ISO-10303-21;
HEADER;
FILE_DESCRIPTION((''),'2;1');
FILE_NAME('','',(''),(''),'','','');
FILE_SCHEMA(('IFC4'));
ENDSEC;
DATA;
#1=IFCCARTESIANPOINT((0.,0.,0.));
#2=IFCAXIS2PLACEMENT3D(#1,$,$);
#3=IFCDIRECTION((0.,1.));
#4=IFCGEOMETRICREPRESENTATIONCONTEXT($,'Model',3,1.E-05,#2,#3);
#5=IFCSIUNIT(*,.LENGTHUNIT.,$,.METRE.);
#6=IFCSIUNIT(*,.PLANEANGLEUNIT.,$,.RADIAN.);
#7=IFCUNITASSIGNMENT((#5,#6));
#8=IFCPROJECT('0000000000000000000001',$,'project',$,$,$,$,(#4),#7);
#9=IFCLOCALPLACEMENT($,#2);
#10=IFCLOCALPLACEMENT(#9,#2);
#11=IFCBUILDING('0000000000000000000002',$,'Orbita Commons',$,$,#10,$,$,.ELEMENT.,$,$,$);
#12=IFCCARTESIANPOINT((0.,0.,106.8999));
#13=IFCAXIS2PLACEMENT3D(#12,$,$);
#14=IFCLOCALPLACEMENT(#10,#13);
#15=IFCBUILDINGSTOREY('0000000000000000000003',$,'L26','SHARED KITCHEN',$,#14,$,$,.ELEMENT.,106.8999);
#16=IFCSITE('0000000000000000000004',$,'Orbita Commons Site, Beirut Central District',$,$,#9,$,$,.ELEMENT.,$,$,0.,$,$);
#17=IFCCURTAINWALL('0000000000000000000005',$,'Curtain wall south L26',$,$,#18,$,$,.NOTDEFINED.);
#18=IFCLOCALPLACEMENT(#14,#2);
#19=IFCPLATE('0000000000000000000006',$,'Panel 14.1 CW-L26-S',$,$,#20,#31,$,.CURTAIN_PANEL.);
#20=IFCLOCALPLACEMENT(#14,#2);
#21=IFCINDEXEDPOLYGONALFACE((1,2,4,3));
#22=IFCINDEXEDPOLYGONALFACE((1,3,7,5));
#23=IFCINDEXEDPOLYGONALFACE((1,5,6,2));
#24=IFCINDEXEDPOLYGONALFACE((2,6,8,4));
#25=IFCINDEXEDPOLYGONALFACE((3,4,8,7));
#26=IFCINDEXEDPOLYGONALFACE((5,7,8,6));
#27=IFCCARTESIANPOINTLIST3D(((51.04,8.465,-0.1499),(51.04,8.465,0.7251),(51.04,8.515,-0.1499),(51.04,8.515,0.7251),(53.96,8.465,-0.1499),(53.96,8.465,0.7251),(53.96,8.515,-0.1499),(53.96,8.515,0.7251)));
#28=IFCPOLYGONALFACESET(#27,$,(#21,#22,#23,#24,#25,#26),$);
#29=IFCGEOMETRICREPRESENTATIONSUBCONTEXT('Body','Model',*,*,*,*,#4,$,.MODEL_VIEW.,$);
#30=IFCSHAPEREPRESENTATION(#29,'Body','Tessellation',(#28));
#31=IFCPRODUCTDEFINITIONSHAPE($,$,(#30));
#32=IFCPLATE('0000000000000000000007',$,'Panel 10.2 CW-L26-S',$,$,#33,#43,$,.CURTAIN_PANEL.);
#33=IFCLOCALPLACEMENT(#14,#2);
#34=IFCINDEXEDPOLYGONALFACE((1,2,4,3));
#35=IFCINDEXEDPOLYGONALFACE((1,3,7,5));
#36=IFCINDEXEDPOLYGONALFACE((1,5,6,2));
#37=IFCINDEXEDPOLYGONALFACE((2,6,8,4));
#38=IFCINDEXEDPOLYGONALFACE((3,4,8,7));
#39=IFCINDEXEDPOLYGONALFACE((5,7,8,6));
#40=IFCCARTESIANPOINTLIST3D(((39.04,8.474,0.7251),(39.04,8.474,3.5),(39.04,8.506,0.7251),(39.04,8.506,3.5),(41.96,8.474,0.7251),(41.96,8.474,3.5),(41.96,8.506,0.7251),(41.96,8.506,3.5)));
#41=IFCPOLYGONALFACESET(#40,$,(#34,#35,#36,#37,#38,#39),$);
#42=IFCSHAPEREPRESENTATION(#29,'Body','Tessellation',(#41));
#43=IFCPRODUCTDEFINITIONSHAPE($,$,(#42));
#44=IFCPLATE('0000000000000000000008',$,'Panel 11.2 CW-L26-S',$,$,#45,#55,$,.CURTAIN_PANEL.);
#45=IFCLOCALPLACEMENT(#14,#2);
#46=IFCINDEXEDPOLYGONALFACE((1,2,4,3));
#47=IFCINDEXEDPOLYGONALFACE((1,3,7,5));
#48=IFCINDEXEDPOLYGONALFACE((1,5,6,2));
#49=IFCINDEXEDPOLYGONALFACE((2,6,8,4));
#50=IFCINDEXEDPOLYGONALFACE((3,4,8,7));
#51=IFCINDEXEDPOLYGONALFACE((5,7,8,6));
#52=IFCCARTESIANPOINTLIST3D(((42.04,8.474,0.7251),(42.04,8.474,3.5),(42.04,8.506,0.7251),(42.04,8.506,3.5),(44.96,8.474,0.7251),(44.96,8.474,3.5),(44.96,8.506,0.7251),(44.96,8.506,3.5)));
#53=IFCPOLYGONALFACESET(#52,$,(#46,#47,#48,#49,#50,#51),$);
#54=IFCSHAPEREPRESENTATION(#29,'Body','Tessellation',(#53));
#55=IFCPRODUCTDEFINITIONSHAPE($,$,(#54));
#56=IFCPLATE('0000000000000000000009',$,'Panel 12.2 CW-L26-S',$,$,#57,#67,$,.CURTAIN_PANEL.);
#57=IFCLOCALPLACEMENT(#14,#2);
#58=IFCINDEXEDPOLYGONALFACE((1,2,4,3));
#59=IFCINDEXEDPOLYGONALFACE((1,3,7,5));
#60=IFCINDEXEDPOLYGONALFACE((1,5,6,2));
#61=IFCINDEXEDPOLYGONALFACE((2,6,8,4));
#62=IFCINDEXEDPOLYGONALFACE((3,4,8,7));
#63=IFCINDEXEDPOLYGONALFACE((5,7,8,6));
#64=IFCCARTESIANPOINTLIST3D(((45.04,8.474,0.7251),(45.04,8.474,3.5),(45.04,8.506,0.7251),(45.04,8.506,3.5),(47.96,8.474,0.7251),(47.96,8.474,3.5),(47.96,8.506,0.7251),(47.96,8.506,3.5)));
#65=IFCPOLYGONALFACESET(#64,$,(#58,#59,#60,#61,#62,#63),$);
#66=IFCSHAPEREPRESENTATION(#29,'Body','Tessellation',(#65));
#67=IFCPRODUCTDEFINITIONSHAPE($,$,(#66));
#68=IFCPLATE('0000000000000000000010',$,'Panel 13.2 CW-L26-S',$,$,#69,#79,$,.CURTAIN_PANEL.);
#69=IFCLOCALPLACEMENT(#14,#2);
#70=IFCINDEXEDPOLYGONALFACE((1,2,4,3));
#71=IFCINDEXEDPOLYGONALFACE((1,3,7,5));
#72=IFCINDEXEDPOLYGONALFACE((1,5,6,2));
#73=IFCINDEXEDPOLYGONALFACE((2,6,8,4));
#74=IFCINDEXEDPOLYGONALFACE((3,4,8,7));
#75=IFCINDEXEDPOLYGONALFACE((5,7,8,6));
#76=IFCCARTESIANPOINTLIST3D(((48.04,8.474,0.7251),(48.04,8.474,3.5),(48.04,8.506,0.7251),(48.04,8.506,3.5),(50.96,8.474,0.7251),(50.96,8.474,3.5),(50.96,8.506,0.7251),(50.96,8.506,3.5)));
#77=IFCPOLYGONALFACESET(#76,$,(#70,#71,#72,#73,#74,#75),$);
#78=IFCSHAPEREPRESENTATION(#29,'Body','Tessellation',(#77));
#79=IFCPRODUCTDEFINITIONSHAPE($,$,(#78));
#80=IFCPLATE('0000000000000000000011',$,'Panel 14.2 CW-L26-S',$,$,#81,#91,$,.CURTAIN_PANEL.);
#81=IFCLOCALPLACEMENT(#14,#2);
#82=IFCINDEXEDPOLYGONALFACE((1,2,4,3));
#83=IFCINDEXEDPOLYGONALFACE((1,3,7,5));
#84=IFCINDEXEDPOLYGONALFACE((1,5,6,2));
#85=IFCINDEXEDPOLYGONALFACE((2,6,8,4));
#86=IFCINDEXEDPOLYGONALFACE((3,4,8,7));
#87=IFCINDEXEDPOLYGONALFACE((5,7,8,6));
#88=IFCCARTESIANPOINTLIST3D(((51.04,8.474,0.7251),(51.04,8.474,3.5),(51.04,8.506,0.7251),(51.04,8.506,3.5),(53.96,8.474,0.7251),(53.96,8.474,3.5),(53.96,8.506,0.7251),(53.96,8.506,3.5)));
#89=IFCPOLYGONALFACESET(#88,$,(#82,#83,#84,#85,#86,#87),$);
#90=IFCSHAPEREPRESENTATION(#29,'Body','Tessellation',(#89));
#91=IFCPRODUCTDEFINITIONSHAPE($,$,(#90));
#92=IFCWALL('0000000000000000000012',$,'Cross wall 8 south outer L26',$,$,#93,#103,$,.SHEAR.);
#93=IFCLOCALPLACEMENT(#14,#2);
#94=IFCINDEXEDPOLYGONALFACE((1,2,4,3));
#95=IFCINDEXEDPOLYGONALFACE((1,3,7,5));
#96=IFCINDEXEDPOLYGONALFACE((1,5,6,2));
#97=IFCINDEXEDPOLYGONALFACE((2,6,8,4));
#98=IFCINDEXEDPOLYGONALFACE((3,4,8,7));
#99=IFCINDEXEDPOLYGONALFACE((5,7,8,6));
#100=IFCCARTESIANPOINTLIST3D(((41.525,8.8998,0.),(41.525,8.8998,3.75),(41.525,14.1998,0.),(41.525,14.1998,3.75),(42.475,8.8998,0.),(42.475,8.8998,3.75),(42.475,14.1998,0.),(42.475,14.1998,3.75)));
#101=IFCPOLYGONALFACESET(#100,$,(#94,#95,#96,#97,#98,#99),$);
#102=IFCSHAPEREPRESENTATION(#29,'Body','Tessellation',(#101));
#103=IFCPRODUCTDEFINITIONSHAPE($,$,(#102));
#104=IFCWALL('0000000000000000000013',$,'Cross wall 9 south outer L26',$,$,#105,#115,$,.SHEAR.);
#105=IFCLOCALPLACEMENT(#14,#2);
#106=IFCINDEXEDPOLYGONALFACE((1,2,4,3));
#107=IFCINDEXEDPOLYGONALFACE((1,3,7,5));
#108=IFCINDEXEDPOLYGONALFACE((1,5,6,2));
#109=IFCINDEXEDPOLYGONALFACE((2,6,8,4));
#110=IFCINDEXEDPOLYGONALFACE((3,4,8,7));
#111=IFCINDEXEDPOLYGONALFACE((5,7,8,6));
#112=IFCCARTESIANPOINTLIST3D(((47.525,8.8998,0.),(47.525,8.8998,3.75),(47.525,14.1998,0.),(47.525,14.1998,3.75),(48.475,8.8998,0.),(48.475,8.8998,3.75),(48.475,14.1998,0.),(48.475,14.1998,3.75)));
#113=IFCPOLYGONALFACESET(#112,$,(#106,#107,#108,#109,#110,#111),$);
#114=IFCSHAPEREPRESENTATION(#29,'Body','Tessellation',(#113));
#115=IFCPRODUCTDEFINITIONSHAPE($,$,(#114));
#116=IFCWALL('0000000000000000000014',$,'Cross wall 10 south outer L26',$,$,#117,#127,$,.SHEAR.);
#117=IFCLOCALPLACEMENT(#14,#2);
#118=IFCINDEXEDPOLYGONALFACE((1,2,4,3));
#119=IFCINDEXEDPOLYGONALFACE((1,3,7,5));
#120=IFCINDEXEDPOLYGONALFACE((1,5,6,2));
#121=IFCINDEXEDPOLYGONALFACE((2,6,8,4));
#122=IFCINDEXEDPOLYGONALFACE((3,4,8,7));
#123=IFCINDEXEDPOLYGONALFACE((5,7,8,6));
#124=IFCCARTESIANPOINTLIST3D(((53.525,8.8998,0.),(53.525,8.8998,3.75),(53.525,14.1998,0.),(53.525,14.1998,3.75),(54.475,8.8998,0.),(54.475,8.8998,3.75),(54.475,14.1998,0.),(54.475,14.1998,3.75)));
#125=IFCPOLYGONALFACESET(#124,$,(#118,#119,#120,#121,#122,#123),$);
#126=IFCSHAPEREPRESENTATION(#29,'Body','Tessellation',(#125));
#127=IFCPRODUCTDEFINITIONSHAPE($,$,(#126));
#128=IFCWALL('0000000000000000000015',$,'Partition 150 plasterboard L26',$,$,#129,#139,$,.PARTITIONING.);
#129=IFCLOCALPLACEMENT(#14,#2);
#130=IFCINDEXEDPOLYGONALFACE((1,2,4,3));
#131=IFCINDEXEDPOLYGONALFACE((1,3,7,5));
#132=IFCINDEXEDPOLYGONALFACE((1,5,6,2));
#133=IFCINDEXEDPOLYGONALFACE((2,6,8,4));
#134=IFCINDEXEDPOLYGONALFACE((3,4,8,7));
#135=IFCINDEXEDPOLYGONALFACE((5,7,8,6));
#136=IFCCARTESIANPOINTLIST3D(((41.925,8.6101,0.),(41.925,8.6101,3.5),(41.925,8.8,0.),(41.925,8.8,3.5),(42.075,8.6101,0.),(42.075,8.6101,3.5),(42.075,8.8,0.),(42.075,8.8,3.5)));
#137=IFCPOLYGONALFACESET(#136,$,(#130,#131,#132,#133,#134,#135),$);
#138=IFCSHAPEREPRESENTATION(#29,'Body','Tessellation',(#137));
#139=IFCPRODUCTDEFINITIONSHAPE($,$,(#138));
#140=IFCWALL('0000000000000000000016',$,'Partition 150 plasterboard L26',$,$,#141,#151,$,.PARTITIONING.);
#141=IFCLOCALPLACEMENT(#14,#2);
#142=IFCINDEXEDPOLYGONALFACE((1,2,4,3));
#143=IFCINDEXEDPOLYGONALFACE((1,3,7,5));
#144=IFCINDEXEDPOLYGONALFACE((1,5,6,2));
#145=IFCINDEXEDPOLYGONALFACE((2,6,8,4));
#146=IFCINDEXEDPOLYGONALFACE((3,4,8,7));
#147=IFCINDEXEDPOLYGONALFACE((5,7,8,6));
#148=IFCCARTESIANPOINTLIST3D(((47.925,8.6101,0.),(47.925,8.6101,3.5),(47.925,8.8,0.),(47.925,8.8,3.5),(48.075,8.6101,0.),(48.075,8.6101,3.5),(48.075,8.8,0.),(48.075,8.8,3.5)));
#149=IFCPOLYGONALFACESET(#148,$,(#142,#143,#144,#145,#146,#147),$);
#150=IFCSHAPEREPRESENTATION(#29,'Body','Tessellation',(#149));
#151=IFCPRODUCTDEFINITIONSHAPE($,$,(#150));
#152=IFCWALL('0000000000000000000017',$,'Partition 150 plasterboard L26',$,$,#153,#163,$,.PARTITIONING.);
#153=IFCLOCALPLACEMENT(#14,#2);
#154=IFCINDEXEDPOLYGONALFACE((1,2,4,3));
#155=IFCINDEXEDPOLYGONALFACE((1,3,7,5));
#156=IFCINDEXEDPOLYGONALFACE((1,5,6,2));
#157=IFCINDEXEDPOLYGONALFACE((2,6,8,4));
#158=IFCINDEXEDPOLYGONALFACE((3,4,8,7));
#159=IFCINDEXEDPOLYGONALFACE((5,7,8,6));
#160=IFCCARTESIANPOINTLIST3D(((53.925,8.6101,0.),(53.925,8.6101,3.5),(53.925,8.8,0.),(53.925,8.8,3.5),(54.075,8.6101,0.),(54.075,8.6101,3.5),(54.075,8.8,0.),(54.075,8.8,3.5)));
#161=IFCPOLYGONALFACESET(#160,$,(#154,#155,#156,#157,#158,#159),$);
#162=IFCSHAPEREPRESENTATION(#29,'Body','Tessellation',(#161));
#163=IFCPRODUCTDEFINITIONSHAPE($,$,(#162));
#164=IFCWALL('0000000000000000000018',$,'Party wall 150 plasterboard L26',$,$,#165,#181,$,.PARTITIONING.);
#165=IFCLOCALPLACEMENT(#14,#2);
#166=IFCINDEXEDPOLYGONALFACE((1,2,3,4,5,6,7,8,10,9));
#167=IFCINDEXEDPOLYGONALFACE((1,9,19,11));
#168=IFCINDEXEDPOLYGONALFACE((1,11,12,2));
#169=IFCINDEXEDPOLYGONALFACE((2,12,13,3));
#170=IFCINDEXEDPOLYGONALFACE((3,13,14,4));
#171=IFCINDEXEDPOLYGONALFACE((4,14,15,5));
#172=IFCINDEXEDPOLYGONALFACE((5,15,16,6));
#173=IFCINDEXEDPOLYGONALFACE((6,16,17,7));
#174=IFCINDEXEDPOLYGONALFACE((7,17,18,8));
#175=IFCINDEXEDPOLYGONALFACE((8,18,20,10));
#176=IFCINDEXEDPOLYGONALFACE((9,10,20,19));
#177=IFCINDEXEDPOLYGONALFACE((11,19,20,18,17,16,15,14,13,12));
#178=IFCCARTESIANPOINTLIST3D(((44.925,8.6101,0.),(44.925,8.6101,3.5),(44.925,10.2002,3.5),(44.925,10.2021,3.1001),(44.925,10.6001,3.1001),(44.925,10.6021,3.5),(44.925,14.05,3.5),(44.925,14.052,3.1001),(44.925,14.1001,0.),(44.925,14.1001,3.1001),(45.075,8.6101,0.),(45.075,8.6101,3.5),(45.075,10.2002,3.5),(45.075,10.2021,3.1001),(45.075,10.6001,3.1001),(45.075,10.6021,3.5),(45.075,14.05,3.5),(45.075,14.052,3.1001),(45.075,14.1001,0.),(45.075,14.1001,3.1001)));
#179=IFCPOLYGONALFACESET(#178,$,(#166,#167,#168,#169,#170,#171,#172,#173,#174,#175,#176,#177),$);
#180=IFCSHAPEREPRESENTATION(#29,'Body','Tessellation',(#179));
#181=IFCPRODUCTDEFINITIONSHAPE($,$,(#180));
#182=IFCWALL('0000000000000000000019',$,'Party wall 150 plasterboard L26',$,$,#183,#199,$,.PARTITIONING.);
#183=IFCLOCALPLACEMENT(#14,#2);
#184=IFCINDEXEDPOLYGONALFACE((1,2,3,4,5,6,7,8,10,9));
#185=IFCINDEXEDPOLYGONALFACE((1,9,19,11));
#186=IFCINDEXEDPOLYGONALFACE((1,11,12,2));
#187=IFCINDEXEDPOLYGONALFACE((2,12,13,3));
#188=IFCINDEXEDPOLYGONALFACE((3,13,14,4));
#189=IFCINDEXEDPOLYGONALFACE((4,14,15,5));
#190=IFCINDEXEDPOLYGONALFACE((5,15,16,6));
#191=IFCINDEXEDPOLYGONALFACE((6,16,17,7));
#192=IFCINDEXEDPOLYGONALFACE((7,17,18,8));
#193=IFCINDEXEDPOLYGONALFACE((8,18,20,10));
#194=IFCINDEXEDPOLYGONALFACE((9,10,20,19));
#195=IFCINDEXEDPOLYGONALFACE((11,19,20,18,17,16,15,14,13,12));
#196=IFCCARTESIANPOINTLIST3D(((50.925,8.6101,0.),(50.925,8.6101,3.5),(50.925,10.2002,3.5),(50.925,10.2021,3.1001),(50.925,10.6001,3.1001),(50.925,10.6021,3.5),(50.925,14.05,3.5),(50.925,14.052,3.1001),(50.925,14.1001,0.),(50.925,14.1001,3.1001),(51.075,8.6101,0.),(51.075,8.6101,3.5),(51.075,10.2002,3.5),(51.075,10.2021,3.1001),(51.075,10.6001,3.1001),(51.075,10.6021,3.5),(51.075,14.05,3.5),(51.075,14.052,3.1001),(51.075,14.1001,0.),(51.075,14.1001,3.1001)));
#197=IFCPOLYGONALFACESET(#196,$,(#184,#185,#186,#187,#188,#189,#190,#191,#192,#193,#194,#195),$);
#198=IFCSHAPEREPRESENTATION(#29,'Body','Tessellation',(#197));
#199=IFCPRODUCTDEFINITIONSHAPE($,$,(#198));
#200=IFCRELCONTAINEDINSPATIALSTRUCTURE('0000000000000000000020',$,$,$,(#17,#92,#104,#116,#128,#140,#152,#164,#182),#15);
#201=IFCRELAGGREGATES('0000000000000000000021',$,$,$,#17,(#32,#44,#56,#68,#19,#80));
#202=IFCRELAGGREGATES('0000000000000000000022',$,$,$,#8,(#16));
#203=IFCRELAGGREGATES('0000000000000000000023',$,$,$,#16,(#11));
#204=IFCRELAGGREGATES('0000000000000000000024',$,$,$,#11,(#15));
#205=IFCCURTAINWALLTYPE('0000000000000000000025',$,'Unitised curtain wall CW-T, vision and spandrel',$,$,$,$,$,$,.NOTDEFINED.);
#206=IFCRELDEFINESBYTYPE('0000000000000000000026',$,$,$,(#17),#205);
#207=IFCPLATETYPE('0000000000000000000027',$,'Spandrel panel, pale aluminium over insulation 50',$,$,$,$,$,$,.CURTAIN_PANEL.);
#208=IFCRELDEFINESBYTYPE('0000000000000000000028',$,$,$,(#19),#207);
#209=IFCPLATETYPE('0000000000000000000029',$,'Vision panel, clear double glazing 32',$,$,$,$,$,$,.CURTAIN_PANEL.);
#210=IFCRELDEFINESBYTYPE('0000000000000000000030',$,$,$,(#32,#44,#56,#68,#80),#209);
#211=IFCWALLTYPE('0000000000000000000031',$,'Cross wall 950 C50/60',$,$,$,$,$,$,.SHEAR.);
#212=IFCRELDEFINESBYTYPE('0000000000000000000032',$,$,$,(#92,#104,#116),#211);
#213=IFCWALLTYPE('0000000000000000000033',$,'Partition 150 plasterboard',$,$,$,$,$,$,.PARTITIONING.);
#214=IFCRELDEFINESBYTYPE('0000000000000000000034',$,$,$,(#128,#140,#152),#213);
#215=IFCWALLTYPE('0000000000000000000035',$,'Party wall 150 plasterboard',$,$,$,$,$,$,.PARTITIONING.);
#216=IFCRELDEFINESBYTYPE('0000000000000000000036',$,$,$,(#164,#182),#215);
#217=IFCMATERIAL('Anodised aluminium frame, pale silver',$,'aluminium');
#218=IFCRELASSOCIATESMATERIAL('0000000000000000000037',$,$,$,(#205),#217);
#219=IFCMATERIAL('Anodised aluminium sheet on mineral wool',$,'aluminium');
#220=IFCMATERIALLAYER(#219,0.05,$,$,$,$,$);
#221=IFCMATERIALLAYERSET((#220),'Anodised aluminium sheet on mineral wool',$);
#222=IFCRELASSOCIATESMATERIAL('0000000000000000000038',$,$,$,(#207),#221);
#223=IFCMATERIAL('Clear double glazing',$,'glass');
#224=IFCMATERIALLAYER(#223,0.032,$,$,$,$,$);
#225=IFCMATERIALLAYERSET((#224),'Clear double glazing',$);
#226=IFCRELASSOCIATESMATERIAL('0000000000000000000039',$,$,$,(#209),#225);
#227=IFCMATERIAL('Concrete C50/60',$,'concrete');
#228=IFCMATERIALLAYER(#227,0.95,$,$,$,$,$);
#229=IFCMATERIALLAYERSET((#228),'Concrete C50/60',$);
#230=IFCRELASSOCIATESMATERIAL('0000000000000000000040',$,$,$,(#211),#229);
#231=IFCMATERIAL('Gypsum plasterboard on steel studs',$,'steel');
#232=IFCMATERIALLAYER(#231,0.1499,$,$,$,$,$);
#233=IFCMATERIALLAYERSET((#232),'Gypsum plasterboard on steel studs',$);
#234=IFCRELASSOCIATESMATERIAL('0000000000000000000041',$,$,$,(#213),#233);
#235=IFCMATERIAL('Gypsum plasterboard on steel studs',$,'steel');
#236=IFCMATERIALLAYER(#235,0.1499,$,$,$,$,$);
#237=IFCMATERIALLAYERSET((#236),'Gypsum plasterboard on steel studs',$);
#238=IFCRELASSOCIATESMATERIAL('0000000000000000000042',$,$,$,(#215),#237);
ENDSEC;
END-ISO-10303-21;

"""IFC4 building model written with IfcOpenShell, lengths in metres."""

from ifc_helpers import new_model, si_unit, direction, frame, frame_2d, origin, origin_2d, place, context, subcontext, project, spatial, polyline, rectangle, outline, extrude, material, layer, layer_set, type_object, element, aggregate, save


model = new_model("IFC4")

# Units and contexts
model_context = context("Model", 3, precision=1e-05, world=origin(), true_north=direction((0.0, 1.0)))
body_context = subcontext(model_context, "Body", "Model", "MODEL_VIEW")
ifc_project = project(units=[si_unit("LENGTHUNIT", "METRE"), si_unit("PLANEANGLEUNIT", "RADIAN")], contexts=[model_context])

# Site, building, storey
site_placement = place(None, origin())
site = spatial("IfcSite", under=ifc_project, at=site_placement, Name="Orbita Commons Site, Beirut Central District", CompositionType="ELEMENT", RefElevation=0.0)
building_placement = place(site_placement, origin())
building = spatial("IfcBuilding", under=site, at=building_placement, Name="Orbita Commons", CompositionType="ELEMENT")
storey_placement = place(building_placement, frame((0.0, 0.0, 106.8999)))
storey = spatial("IfcBuildingStorey", under=building, at=storey_placement, Name="L26", Description="SHARED KITCHEN", CompositionType="ELEMENT", Elevation=106.8999)

# Curtain wall, plates
ifc_material_1 = material(Name="Anodised aluminium frame, pale silver", Category="aluminium")
curtain_wall_type = type_object("IfcCurtainWallType", Name="Unitised curtain wall CW-T, vision and spandrel", PredefinedType="NOTDEFINED", material=ifc_material_1)
curtain_wall_placement = place(storey_placement, origin())
curtain_wall = element("IfcCurtainWall", 1, at=curtain_wall_placement, inside=storey, type_object=curtain_wall_type, Name="Curtain wall south L26", PredefinedType="NOTDEFINED")
ifc_material_2 = material(Name="Anodised aluminium sheet on mineral wool", Category="aluminium")
ifc_layer_1 = layer(ifc_material_2, 0.05)
ifc_layer_set_1 = layer_set([ifc_layer_1], Name="Anodised aluminium sheet on mineral wool")
plate_type_1 = type_object("IfcPlateType", Name="Spandrel panel, pale aluminium over insulation 50", PredefinedType="CURTAIN_PANEL", material=ifc_layer_set_1)
plate_1_placement = place(storey_placement, frame((52.5, 8.49, -0.1499), z_axis=(0.0, 0.0, 1.0), x_axis=(1.0, 0.0, 0.0)))
plate_1 = element("IfcPlate", 2, at=plate_1_placement, type_object=plate_type_1, Name="Panel 14.1 CW-L26-S", PredefinedType="CURTAIN_PANEL", context=body_context, shape_type="SweptSolid", body=[
    extrude(rectangle(XDim=2.9199, YDim=0.05, at=origin_2d()), origin(), (0.0, 0.0, 1.0), 0.875),
])
ifc_material_3 = material(Name="Clear double glazing", Category="glass")
ifc_layer_2 = layer(ifc_material_3, 0.032)
ifc_layer_set_2 = layer_set([ifc_layer_2], Name="Clear double glazing")
plate_type_2 = type_object("IfcPlateType", Name="Vision panel, clear double glazing 32", PredefinedType="CURTAIN_PANEL", material=ifc_layer_set_2)
plate_2_placement = place(storey_placement, frame((40.5, 8.49, 0.7251), z_axis=(0.0, 0.0, 1.0), x_axis=(1.0, 0.0, 0.0)))
plate_2 = element("IfcPlate", 3, at=plate_2_placement, type_object=plate_type_2, Name="Panel 10.2 CW-L26-S", PredefinedType="CURTAIN_PANEL", context=body_context, shape_type="SweptSolid", body=[
    extrude(rectangle(XDim=2.9199, YDim=0.032, at=origin_2d()), origin(), (0.0, 0.0, 1.0), 2.7749),
])
plate_3_placement = place(storey_placement, frame((43.5, 8.49, 0.7251), z_axis=(0.0, 0.0, 1.0), x_axis=(1.0, 0.0, 0.0)))
plate_3 = element("IfcPlate", 4, at=plate_3_placement, type_object=plate_type_2, Name="Panel 11.2 CW-L26-S", PredefinedType="CURTAIN_PANEL", context=body_context, shape_type="SweptSolid", body=[
    extrude(rectangle(XDim=2.9199, YDim=0.032, at=origin_2d()), origin(), (0.0, 0.0, 1.0), 2.7749),
])
plate_4_placement = place(storey_placement, frame((46.5, 8.49, 0.7251), z_axis=(0.0, 0.0, 1.0), x_axis=(1.0, 0.0, 0.0)))
plate_4 = element("IfcPlate", 5, at=plate_4_placement, type_object=plate_type_2, Name="Panel 12.2 CW-L26-S", PredefinedType="CURTAIN_PANEL", context=body_context, shape_type="SweptSolid", body=[
    extrude(rectangle(XDim=2.9199, YDim=0.032, at=origin_2d()), origin(), (0.0, 0.0, 1.0), 2.7749),
])
plate_5_placement = place(storey_placement, frame((49.5, 8.49, 0.7251), z_axis=(0.0, 0.0, 1.0), x_axis=(1.0, 0.0, 0.0)))
plate_5 = element("IfcPlate", 6, at=plate_5_placement, type_object=plate_type_2, Name="Panel 13.2 CW-L26-S", PredefinedType="CURTAIN_PANEL", context=body_context, shape_type="SweptSolid", body=[
    extrude(rectangle(XDim=2.9199, YDim=0.032, at=origin_2d()), origin(), (0.0, 0.0, 1.0), 2.7749),
])
plate_6_placement = place(storey_placement, frame((52.5, 8.49, 0.7251), z_axis=(0.0, 0.0, 1.0), x_axis=(1.0, 0.0, 0.0)))
plate_6 = element("IfcPlate", 7, at=plate_6_placement, type_object=plate_type_2, Name="Panel 14.2 CW-L26-S", PredefinedType="CURTAIN_PANEL", context=body_context, shape_type="SweptSolid", body=[
    extrude(rectangle(XDim=2.9199, YDim=0.032, at=origin_2d()), origin(), (0.0, 0.0, 1.0), 2.7749),
])
aggregate(curtain_wall, [plate_2, plate_3, plate_4, plate_5, plate_1, plate_6])

# Walls
ifc_material_4 = material(Name="Concrete C50/60", Category="concrete")
ifc_layer_3 = layer(ifc_material_4, 0.95)
ifc_layer_set_3 = layer_set([ifc_layer_3], Name="Concrete C50/60")
wall_type_1 = type_object("IfcWallType", Name="Cross wall 950 C50/60", PredefinedType="SHEAR", material=ifc_layer_set_3)
for number, where, z_axis, x_axis, name in (
    (8, (42.0, 8.8999, 0.0), (0.0, 0.0, 1.0), (0.0, 1.0, 0.0), "Cross wall 8 south outer L26"),
    (9, (48.0, 8.8999, 0.0), (0.0, 0.0, 1.0), (0.0, 1.0, 0.0), "Cross wall 9 south outer L26"),
    (10, (54.0, 8.8999, 0.0), (0.0, 0.0, 1.0), (0.0, 1.0, 0.0), "Cross wall 10 south outer L26"),
):
    element("IfcWall", number, at=place(storey_placement, frame(where, z_axis=z_axis, x_axis=x_axis)), inside=storey, type_object=wall_type_1, Name=name, PredefinedType="SHEAR", context=body_context, shape_type="SweptSolid", body=[
        extrude(rectangle(XDim=5.3, YDim=0.95, at=frame_2d((2.6499, 0.0))), origin(), (0.0, 0.0, 1.0), 3.75),
    ])
ifc_material_5 = material(Name="Gypsum plasterboard on steel studs", Category="steel")
ifc_layer_4 = layer(ifc_material_5, 0.1499)
ifc_layer_set_4 = layer_set([ifc_layer_4], Name="Gypsum plasterboard on steel studs")
wall_type_2 = type_object("IfcWallType", Name="Partition 150 plasterboard", PredefinedType="PARTITIONING", material=ifc_layer_set_4)
for number, where, z_axis, x_axis, name in (
    (11, (42.0, 8.8, 0.0), (0.0, 0.0, 1.0), (0.0, -1.0, 0.0), "Partition 150 plasterboard L26"),
    (12, (48.0, 8.8, 0.0), (0.0, 0.0, 1.0), (0.0, -1.0, 0.0), "Partition 150 plasterboard L26"),
    (13, (54.0, 8.8, 0.0), (0.0, 0.0, 1.0), (0.0, -1.0, 0.0), "Partition 150 plasterboard L26"),
):
    element("IfcWall", number, at=place(storey_placement, frame(where, z_axis=z_axis, x_axis=x_axis)), inside=storey, type_object=wall_type_2, Name=name, PredefinedType="PARTITIONING", context=body_context, shape_type="SweptSolid", body=[
        extrude(rectangle(XDim=0.1899, YDim=0.1499, at=frame_2d((0.095, 0.0))), origin(), (0.0, 0.0, 1.0), 3.5),
    ])
ifc_material_6 = material(Name="Gypsum plasterboard on steel studs", Category="steel")
ifc_layer_5 = layer(ifc_material_6, 0.1499)
ifc_layer_set_5 = layer_set([ifc_layer_5], Name="Gypsum plasterboard on steel studs")
wall_type_3 = type_object("IfcWallType", Name="Party wall 150 plasterboard", PredefinedType="PARTITIONING", material=ifc_layer_set_5)
for number, where, z_axis, x_axis, name in (
    (14, (45.0, 8.6101, 0.0), (0.0, 0.0, 1.0), (0.0, 1.0, 0.0), "Party wall 150 plasterboard L26"),
    (15, (51.0, 8.6101, 0.0), (0.0, 0.0, 1.0), (0.0, 1.0, 0.0), "Party wall 150 plasterboard L26"),
):
    element("IfcWall", number, at=place(storey_placement, frame(where, z_axis=z_axis, x_axis=x_axis)), inside=storey, type_object=wall_type_3, Name=name, PredefinedType="PARTITIONING", context=body_context, shape_type="SweptSolid", body=[
        extrude(outline(polyline([(0.0, 0.0), (5.49, 0.0), (5.49, 3.1001), (5.4419, 3.1001), (5.4399, 3.5), (1.9919, 3.5), (1.99, 3.1001), (1.592, 3.1001), (1.5901, 3.5), (0.0, 3.5), (0.0, 0.0)])), frame((0.0, 0.075, 0.0), z_axis=(0.0, -1.0, 0.0), x_axis=(1.0, 0.0, 0.0)), (0.0, 0.0, 1.0), 0.1499),
    ])

save(model, "model.ifc")
